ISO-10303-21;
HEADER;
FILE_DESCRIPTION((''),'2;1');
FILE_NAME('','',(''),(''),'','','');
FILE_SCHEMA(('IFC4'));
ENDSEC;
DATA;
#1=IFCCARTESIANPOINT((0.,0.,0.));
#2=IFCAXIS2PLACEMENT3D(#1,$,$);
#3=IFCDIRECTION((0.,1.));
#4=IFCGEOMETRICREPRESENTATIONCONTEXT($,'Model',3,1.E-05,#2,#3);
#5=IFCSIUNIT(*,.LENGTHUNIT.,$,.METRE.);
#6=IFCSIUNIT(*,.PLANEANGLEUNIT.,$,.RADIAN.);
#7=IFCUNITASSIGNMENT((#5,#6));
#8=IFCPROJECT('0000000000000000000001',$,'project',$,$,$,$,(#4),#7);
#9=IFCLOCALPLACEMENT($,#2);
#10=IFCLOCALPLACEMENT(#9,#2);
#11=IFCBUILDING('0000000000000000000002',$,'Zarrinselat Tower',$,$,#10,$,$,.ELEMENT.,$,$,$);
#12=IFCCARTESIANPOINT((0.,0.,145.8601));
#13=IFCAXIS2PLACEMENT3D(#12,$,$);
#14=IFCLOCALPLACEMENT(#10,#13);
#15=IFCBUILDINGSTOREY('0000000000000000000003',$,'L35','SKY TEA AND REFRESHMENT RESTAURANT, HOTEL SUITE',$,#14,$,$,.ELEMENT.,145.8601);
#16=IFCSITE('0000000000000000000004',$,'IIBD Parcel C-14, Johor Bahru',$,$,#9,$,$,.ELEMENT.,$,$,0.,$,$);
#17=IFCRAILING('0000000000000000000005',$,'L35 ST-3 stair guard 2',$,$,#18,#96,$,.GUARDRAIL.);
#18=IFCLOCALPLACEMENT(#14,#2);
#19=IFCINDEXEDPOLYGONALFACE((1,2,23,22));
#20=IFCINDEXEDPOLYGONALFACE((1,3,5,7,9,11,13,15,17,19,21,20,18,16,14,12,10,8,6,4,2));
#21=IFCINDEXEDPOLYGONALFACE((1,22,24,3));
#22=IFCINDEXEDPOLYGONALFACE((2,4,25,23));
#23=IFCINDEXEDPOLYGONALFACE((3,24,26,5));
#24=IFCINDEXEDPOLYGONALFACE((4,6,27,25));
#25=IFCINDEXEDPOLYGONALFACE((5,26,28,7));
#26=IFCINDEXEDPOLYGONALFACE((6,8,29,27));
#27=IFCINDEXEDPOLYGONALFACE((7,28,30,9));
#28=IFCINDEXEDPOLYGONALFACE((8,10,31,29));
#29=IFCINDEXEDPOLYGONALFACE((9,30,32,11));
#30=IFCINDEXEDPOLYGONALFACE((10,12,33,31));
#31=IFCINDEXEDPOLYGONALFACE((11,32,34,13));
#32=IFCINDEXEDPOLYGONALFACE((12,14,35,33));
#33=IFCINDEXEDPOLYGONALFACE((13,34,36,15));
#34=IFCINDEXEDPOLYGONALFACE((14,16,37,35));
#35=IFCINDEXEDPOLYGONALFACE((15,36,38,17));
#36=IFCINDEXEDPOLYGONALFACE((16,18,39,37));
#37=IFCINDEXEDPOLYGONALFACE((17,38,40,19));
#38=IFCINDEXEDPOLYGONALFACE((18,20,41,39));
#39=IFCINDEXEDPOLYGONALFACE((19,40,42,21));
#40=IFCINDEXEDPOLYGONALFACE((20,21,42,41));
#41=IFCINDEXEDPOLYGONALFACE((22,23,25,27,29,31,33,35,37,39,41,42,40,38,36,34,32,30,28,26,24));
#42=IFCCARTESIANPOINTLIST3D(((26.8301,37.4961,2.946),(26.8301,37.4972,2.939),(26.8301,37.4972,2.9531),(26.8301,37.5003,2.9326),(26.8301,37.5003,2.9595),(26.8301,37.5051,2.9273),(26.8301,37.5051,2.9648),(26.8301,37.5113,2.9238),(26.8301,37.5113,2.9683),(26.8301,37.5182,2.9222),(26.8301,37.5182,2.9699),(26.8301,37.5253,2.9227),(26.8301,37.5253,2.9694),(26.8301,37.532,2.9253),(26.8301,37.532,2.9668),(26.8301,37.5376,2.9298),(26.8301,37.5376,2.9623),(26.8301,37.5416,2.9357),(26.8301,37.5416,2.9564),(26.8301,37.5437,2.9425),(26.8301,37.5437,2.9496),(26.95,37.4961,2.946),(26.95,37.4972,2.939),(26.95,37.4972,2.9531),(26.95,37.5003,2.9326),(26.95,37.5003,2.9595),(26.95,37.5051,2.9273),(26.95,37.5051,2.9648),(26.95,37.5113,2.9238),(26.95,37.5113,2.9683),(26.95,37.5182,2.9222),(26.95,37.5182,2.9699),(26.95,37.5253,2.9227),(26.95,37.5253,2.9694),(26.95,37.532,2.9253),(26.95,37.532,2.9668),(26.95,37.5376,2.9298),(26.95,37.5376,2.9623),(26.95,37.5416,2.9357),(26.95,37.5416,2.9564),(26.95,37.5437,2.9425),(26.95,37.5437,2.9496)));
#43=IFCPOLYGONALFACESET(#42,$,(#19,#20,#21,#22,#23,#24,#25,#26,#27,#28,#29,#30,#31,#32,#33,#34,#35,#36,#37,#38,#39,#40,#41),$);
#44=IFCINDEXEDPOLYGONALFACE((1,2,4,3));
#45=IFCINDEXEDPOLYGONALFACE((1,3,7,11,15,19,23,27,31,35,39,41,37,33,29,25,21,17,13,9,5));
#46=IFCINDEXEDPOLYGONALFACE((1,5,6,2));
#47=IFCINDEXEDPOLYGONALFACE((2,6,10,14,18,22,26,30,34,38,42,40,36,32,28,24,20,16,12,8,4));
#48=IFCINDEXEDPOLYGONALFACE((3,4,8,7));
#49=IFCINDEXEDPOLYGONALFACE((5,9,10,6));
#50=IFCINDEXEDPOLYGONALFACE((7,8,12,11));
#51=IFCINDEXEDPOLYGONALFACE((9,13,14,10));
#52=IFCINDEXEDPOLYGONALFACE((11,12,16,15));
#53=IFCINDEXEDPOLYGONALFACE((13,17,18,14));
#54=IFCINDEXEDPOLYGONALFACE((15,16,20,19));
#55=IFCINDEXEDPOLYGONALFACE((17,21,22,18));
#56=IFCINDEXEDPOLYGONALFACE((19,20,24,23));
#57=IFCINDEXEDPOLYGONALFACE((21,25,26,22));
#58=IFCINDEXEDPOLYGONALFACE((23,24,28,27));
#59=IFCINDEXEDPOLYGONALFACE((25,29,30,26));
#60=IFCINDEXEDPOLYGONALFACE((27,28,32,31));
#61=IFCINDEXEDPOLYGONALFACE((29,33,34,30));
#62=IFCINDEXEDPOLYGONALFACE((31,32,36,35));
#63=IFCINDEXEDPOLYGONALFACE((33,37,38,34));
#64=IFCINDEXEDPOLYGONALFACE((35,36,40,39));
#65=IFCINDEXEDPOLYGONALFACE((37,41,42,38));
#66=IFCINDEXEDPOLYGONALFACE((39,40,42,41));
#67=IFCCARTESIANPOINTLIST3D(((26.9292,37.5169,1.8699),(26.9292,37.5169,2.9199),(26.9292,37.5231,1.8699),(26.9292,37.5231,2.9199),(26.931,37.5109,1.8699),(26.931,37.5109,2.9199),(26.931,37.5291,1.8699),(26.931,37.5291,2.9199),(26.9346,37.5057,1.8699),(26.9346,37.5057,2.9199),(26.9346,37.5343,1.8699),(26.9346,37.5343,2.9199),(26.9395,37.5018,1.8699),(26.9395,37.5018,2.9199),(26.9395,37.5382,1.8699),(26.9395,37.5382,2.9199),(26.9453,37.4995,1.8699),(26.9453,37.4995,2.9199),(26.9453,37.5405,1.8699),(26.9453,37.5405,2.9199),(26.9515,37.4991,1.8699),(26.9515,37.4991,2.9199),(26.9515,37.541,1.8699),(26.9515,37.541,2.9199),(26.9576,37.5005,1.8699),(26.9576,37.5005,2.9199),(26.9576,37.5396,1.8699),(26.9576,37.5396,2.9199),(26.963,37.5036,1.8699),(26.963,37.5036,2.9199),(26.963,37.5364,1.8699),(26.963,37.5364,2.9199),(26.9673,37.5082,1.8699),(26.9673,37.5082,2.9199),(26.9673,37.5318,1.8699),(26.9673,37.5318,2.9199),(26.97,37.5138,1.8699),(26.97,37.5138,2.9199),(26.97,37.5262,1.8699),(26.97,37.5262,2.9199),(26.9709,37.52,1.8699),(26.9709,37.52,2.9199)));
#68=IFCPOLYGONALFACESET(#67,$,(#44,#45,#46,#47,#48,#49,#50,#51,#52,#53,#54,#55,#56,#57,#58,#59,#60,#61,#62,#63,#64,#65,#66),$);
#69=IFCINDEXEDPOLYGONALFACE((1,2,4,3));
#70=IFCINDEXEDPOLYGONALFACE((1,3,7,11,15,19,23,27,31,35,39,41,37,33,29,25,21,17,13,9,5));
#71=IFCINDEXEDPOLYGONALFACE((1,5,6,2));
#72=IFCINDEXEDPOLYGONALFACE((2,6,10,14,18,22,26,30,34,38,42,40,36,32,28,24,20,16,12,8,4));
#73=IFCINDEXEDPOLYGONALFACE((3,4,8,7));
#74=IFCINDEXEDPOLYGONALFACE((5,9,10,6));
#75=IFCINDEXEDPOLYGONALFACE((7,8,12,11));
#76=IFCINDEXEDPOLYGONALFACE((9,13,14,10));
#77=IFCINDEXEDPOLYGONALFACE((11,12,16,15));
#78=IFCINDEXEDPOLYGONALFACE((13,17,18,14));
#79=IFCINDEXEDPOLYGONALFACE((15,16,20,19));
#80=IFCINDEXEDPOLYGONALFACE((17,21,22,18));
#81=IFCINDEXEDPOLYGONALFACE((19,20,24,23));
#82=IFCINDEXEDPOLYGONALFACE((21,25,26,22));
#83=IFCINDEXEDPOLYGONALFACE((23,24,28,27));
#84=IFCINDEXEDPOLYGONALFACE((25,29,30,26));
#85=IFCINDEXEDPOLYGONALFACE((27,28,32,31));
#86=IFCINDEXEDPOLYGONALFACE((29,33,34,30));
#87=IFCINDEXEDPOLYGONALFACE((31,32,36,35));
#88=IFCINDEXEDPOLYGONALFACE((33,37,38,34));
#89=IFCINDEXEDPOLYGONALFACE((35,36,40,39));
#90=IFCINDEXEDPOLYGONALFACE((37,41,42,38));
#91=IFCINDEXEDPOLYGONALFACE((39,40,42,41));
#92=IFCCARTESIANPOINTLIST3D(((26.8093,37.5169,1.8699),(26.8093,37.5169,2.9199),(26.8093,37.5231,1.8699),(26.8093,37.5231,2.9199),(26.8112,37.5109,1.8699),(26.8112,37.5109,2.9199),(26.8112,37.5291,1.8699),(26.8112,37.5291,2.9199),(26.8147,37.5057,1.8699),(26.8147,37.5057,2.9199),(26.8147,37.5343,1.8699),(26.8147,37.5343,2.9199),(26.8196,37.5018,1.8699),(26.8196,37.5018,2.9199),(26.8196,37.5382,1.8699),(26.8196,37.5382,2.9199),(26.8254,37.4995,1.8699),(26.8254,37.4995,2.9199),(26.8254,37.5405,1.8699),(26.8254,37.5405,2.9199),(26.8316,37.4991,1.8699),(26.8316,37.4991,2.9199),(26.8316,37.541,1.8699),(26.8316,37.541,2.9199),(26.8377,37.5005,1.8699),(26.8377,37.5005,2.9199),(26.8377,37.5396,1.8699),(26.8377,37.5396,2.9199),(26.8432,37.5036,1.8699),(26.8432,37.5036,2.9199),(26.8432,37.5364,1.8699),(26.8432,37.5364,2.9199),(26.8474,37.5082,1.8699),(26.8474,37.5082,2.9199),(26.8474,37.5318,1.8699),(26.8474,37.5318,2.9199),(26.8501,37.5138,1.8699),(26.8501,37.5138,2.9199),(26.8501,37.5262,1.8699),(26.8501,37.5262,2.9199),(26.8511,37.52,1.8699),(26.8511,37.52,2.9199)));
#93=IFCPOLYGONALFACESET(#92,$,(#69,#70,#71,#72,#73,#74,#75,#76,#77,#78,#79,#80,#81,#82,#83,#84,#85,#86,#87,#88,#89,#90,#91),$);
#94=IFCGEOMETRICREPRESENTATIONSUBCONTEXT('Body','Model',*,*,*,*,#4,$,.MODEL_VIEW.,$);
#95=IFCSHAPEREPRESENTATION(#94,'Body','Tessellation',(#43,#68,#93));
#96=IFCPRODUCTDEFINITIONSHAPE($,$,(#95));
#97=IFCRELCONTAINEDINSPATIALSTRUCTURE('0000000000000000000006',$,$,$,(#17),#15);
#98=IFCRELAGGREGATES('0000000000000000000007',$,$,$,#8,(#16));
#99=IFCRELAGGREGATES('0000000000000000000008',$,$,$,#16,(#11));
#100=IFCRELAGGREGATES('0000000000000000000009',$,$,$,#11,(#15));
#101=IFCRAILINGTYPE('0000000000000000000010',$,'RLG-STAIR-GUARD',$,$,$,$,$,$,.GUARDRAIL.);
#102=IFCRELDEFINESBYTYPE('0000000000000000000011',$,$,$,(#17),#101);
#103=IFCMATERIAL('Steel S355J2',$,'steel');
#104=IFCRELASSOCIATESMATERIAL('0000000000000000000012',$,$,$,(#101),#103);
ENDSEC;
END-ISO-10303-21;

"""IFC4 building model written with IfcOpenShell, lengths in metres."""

from ifc_helpers import new_model, si_unit, direction, frame, origin, origin_2d, place, context, subcontext, project, spatial, circle, extrude, material, type_object, element, save


model = new_model("IFC4")

# Units and contexts
model_context = context("Model", 3, precision=1e-05, world=origin(), true_north=direction((0.0, 1.0)))
body_context = subcontext(model_context, "Body", "Model", "MODEL_VIEW")
ifc_project = project(units=[si_unit("LENGTHUNIT", "METRE"), si_unit("PLANEANGLEUNIT", "RADIAN")], contexts=[model_context])

# Site, building, storey
site_placement = place(None, origin())
site = spatial("IfcSite", under=ifc_project, at=site_placement, Name="IIBD Parcel C-14, Johor Bahru", CompositionType="ELEMENT", RefElevation=0.0)
building_placement = place(site_placement, origin())
building = spatial("IfcBuilding", under=site, at=building_placement, Name="Zarrinselat Tower", CompositionType="ELEMENT")
storey_placement = place(building_placement, frame((0.0, 0.0, 145.8601)))
storey = spatial("IfcBuildingStorey", under=building, at=storey_placement, Name="L35", Description="SKY TEA AND REFRESHMENT RESTAURANT, HOTEL SUITE", CompositionType="ELEMENT", Elevation=145.8601)

# Railing
ifc_material_1 = material(Name="Steel S355J2", Category="steel")
railing_type_1 = type_object("IfcRailingType", Name="RLG-STAIR-GUARD", PredefinedType="GUARDRAIL", material=ifc_material_1)
railing_1_placement = place(storey_placement, frame((26.95, 37.52, 1.8699)))
element("IfcRailing", 1, at=railing_1_placement, inside=storey, type_object=railing_type_1, Name="L35 ST-3 stair guard 2", PredefinedType="GUARDRAIL", context=body_context, shape_type="SweptSolid", body=[
    extrude(circle(Radius=0.0239, at=origin_2d()), frame((0.0, 0.0, 1.0762), z_axis=(-1.0, 0.0, 0.0), x_axis=(0.0, -1.0, 0.0)), (0.0, 0.0, 1.0), 0.1199),
    extrude(circle(Radius=0.021, at=origin_2d()), origin(), (0.0, 0.0, 1.0), 1.05),
    extrude(circle(Radius=0.021, at=origin_2d()), frame((-0.1199, 0.0, 0.0)), (0.0, 0.0, 1.0), 1.05),
])

save(model, "model.ifc")
